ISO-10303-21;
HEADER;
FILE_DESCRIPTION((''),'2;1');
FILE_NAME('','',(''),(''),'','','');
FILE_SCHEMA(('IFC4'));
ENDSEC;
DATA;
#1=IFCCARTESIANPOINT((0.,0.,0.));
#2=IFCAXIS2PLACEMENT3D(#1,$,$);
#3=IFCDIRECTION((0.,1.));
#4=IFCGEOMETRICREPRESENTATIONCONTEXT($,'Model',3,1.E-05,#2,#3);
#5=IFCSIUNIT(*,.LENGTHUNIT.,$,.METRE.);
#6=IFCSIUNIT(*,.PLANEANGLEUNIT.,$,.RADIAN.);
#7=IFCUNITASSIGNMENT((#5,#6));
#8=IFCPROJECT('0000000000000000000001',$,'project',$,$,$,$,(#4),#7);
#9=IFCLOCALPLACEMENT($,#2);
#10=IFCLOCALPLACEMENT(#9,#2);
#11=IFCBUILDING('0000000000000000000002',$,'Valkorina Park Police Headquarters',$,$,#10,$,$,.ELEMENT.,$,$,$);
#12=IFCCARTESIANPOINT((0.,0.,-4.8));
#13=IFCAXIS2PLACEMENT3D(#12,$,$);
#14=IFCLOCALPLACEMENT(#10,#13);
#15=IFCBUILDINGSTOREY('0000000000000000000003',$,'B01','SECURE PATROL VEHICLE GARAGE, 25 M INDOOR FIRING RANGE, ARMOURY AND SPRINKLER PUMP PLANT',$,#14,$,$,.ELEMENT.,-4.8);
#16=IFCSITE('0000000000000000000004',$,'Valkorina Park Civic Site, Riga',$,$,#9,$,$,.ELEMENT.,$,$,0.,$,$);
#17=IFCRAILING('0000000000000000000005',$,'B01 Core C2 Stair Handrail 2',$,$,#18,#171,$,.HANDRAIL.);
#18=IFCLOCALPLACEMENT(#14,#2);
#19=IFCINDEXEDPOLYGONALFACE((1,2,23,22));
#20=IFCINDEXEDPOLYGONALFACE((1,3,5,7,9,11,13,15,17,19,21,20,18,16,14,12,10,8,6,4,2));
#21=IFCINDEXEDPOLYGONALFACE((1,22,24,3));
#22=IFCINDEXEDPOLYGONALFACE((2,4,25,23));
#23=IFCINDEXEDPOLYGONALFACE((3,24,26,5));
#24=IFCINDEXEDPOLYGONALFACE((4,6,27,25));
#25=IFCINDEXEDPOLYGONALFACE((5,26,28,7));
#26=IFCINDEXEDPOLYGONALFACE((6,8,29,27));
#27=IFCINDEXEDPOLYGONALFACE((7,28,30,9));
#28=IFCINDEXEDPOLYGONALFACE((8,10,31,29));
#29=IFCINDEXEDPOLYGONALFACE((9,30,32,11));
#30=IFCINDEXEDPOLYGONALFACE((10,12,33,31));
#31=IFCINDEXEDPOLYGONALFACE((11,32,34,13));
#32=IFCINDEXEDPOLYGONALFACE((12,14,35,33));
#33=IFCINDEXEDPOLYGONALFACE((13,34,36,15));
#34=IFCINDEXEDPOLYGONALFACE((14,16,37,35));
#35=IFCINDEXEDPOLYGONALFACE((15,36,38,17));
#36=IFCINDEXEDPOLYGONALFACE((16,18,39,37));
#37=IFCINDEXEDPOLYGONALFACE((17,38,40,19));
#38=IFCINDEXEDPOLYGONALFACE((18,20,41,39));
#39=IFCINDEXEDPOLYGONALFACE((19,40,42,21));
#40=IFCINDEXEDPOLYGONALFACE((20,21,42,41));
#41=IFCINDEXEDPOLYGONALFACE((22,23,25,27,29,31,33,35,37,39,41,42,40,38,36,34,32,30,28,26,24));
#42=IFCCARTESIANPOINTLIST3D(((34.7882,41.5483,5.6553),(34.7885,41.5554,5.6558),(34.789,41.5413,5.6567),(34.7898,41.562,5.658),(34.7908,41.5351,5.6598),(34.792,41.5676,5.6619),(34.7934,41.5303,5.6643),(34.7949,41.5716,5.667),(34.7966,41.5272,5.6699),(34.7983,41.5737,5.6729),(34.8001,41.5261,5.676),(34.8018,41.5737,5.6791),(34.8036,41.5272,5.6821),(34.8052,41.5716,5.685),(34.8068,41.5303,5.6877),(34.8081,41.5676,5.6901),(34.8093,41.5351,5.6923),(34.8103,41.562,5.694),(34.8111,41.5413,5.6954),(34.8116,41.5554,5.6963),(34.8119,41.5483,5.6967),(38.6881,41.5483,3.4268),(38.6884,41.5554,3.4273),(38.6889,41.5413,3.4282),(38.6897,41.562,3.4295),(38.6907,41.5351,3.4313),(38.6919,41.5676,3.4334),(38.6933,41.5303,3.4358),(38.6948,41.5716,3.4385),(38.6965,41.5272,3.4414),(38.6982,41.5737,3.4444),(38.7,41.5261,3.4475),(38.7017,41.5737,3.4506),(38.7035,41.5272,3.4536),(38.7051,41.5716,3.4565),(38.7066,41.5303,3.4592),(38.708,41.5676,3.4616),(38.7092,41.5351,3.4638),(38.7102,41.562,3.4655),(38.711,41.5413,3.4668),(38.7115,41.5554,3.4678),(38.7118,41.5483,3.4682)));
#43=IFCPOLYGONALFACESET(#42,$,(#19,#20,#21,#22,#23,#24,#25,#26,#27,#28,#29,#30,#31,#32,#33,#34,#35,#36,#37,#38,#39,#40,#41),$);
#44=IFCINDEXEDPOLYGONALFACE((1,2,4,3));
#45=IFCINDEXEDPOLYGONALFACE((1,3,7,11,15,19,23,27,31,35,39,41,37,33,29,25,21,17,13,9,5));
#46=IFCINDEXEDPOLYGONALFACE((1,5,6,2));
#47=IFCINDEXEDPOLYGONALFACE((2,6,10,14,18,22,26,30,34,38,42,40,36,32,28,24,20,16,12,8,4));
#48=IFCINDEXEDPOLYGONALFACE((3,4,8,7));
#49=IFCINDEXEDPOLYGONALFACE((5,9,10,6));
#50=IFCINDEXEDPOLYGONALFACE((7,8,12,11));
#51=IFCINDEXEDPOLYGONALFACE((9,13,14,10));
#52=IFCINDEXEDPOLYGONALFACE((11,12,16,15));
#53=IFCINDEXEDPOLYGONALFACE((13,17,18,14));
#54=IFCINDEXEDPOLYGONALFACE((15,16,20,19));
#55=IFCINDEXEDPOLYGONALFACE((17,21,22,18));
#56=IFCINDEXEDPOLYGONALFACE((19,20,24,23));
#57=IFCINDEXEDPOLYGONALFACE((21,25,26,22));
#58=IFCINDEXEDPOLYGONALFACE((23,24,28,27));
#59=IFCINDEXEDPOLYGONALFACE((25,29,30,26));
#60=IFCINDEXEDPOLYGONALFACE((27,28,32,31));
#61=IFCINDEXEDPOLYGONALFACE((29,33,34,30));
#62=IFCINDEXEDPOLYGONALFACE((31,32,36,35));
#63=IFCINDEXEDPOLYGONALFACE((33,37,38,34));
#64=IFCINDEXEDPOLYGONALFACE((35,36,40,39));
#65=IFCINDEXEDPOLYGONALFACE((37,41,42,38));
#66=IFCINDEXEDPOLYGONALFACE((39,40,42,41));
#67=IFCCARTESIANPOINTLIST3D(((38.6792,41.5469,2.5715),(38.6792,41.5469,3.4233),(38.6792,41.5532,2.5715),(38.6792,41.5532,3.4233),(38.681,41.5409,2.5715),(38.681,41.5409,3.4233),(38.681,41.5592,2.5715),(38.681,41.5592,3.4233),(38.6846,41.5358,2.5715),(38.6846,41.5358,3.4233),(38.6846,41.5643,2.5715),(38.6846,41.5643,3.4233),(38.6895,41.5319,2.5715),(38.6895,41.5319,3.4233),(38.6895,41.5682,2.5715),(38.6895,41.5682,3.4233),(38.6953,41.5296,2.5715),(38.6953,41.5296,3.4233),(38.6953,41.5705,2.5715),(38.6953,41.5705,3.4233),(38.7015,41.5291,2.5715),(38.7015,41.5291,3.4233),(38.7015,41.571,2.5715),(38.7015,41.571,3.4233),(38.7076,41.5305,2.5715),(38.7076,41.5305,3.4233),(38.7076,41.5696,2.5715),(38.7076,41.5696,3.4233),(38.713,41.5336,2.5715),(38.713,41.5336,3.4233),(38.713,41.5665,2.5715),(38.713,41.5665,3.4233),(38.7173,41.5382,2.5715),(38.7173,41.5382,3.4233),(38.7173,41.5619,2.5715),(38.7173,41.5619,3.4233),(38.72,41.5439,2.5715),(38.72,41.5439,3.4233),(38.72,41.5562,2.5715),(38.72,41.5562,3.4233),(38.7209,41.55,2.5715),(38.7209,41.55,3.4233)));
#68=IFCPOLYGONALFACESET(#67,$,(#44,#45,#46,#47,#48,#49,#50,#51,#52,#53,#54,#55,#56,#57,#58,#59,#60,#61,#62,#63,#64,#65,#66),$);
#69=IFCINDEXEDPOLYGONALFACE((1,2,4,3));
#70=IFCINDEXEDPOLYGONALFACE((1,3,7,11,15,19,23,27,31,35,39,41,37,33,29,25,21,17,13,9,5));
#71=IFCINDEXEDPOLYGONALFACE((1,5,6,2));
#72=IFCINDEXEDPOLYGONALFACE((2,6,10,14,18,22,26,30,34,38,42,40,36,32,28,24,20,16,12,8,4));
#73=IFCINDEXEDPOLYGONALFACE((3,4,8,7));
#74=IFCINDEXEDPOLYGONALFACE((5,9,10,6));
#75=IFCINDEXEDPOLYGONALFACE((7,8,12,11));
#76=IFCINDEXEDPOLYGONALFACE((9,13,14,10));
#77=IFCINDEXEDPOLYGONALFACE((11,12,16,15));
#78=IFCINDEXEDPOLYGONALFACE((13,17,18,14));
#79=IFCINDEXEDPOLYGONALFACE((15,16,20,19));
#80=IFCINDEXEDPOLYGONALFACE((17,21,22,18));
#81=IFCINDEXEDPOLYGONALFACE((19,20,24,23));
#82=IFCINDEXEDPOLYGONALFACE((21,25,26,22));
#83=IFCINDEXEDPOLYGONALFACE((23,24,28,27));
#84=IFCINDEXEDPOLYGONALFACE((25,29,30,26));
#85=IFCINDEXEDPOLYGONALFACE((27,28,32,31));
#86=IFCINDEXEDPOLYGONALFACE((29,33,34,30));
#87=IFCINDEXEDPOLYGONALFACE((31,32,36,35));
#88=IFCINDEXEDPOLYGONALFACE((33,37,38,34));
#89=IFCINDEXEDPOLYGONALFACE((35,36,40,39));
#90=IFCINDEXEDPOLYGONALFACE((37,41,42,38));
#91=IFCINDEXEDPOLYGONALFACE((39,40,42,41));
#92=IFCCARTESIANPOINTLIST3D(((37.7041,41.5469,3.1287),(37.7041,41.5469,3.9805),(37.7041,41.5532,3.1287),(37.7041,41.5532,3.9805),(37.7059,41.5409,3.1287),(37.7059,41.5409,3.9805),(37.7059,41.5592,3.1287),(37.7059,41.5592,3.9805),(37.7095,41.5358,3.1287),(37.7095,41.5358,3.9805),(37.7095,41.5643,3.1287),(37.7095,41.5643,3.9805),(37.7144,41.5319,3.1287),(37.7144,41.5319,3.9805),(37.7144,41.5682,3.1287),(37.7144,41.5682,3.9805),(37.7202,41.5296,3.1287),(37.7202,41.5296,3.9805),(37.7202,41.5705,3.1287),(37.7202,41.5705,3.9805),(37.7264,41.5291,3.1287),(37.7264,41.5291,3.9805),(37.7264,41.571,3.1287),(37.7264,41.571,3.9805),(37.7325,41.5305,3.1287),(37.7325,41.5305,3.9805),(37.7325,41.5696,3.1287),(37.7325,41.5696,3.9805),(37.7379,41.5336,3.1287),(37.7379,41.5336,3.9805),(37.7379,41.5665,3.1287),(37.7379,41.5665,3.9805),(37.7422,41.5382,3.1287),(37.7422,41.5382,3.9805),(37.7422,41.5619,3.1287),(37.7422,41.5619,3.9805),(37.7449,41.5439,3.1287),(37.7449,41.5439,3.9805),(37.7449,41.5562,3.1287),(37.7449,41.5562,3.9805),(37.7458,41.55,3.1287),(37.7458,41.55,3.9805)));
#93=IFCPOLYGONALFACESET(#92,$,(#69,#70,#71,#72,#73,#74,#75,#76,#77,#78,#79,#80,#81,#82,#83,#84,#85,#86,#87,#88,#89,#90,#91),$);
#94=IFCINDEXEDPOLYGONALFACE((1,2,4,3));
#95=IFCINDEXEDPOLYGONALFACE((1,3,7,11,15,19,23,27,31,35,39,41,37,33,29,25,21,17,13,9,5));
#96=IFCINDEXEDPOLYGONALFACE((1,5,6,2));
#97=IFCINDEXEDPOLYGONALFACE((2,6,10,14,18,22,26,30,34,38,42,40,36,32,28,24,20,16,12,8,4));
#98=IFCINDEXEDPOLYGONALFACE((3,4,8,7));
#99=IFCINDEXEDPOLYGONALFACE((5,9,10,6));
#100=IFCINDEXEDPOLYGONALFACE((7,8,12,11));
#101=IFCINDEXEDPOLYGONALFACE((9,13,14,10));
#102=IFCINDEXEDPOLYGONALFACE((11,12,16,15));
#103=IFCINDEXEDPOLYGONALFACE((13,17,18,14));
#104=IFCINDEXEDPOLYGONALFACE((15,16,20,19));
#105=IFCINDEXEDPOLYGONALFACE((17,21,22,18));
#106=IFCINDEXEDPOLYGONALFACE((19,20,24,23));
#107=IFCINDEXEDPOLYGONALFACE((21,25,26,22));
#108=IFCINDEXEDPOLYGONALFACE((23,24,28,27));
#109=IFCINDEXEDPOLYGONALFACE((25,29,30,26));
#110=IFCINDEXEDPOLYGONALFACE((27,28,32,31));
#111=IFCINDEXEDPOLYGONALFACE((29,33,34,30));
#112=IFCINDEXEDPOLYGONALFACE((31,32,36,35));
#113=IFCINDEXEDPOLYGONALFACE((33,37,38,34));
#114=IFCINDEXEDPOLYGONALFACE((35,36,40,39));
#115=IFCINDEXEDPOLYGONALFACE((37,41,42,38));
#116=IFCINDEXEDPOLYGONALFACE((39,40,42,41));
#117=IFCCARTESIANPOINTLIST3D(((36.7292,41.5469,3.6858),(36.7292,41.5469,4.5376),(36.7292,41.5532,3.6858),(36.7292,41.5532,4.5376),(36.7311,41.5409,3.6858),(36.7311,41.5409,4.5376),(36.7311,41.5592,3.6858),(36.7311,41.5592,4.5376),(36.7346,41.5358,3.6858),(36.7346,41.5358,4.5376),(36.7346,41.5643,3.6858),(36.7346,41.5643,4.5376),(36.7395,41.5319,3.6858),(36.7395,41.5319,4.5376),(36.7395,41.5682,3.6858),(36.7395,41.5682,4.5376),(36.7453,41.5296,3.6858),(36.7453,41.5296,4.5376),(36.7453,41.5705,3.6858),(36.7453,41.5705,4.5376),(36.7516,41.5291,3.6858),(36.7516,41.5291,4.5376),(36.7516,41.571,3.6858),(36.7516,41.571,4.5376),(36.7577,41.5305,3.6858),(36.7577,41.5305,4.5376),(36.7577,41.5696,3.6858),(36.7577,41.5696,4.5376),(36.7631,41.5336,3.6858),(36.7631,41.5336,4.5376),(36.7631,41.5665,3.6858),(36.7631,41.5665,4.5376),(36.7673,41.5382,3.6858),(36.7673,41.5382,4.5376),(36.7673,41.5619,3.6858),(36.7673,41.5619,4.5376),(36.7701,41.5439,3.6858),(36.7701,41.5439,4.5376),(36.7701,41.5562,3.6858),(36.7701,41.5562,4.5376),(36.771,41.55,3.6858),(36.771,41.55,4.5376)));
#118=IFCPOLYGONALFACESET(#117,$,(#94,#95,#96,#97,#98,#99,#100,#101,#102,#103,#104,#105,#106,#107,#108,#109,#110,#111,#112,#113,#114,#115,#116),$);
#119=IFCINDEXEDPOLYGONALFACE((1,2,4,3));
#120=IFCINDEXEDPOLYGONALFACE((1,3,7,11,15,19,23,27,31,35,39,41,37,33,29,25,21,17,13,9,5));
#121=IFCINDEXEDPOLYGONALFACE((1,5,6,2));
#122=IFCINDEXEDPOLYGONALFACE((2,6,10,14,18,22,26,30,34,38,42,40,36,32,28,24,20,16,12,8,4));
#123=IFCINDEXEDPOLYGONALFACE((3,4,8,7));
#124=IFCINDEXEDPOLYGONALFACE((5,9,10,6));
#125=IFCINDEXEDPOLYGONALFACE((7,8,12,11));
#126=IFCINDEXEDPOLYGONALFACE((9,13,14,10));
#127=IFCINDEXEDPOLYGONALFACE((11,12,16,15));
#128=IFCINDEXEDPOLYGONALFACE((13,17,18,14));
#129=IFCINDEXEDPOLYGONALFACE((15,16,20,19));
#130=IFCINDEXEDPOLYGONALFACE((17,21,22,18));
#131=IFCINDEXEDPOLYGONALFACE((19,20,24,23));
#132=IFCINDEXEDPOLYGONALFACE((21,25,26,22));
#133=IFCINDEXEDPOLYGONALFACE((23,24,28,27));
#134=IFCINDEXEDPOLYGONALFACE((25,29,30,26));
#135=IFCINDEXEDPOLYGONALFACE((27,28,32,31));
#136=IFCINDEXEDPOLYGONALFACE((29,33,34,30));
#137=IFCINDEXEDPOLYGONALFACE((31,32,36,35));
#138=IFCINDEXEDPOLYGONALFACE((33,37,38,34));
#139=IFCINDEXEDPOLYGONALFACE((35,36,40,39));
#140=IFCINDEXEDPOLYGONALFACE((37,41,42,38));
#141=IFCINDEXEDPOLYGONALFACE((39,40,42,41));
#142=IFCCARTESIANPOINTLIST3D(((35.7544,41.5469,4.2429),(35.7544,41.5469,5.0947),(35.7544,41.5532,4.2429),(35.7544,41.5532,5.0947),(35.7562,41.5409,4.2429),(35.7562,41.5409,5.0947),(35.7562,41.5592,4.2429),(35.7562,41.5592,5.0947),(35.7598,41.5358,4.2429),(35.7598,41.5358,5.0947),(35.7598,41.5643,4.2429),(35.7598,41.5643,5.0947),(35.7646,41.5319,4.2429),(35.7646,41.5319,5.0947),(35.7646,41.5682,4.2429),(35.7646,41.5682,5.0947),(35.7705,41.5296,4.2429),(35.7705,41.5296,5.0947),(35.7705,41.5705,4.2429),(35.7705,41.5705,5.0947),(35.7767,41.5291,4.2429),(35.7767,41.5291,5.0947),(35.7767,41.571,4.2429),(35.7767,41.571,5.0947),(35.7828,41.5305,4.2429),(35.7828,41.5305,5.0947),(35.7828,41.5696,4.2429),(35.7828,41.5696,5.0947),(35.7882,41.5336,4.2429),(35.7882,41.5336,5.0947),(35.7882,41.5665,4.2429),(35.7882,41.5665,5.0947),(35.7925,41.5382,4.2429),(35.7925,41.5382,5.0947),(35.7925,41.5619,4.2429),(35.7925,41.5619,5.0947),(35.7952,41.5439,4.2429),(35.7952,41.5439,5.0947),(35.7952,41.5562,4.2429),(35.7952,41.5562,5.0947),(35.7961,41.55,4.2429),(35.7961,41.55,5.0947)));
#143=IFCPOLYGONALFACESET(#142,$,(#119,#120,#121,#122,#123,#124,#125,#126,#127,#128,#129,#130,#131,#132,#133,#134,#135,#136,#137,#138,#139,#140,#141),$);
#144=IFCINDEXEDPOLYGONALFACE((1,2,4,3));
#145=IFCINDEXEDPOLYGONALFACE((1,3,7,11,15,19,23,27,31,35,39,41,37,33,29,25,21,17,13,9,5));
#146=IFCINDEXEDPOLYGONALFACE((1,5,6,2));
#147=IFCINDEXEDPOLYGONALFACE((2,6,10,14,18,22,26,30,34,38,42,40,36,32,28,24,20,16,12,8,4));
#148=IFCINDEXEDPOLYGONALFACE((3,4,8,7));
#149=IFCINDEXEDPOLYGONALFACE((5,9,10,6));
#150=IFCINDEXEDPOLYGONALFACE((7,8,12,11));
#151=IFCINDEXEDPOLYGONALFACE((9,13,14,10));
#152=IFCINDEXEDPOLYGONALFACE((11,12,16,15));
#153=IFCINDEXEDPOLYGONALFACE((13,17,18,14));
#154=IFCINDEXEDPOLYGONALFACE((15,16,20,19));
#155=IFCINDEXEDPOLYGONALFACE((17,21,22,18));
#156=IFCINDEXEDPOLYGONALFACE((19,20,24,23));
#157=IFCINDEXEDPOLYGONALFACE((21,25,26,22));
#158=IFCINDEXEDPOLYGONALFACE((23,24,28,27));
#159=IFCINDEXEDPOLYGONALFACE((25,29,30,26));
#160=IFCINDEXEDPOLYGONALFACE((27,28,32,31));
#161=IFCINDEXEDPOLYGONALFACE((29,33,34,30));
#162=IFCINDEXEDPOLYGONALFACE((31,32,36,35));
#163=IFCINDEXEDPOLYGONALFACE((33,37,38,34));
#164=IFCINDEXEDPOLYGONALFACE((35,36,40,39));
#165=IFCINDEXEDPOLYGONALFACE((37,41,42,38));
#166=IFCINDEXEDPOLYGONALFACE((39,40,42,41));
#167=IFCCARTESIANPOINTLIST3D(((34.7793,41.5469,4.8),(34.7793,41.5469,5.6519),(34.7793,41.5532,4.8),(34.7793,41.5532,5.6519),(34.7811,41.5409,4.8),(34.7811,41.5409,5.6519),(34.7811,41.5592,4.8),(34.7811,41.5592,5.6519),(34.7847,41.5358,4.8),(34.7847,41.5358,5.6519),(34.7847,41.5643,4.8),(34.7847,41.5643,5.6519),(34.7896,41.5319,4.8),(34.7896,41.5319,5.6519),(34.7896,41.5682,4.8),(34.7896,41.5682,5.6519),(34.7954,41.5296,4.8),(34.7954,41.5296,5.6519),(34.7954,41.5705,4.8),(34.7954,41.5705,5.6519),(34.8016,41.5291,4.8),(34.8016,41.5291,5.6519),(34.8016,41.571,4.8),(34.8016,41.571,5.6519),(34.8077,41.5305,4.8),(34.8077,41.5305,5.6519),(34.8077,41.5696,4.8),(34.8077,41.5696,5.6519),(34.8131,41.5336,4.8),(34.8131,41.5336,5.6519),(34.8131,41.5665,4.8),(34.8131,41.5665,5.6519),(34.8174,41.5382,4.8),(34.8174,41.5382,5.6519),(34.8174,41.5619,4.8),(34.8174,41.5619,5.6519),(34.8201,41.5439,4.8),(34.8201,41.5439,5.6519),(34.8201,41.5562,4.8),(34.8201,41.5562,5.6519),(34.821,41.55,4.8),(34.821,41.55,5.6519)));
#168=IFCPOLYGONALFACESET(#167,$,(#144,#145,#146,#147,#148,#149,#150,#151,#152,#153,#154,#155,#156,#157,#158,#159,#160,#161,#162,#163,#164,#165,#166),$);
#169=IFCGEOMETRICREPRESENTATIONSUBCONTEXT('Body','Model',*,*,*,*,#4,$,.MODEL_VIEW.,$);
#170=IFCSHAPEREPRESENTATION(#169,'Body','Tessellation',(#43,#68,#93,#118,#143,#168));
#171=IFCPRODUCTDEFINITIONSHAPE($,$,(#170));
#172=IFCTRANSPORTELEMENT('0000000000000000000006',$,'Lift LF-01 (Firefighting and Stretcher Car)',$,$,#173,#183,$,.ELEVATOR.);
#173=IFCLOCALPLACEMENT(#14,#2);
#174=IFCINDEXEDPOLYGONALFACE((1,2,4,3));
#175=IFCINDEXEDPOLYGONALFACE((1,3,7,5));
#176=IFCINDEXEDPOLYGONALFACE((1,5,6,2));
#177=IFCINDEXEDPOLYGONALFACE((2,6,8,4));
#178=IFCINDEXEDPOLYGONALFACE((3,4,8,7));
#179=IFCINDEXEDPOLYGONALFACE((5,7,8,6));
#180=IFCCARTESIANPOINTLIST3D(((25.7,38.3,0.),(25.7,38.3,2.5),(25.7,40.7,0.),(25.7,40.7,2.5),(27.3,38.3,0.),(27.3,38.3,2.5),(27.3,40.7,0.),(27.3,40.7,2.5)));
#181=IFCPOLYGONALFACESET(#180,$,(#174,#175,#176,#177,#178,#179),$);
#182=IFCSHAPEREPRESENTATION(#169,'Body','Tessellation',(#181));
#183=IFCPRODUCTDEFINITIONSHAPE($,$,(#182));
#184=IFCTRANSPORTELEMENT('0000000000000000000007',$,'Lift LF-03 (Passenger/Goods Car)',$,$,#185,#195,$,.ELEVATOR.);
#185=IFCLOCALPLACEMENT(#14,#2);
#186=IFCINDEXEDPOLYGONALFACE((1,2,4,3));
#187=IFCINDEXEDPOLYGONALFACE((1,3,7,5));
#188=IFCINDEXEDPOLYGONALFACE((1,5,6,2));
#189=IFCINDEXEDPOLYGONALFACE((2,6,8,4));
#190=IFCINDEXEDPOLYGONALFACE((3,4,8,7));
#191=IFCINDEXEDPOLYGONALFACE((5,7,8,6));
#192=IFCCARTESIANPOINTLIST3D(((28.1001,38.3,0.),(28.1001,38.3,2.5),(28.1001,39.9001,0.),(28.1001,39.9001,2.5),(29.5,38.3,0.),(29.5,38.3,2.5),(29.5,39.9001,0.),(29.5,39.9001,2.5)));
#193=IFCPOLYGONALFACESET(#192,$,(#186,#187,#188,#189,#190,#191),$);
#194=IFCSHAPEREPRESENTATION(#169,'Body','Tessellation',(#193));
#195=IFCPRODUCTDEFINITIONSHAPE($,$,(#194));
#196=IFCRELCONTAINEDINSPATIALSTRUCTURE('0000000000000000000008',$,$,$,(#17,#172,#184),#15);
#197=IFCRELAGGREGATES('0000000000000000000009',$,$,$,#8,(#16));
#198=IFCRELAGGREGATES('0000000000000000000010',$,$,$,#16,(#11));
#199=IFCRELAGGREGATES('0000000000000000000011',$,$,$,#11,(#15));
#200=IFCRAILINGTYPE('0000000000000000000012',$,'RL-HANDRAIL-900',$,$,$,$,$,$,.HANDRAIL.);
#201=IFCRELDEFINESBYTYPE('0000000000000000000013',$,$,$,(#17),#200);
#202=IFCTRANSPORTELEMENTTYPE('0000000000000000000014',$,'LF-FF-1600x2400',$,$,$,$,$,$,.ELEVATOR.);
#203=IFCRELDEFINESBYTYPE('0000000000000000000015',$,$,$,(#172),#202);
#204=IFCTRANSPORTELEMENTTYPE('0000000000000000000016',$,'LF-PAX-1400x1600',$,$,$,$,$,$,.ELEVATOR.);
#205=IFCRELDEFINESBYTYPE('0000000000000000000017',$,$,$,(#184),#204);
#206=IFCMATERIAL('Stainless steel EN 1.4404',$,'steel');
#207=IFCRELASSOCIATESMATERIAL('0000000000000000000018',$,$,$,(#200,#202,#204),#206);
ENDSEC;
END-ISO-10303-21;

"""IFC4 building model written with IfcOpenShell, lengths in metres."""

from ifc_helpers import new_model, si_unit, direction, frame, origin, origin_2d, place, context, subcontext, project, spatial, rectangle, circle, extrude, material, type_object, element, save


model = new_model("IFC4")

# Units and contexts
model_context = context("Model", 3, precision=1e-05, world=origin(), true_north=direction((0.0, 1.0)))
body_context = subcontext(model_context, "Body", "Model", "MODEL_VIEW")
ifc_project = project(units=[si_unit("LENGTHUNIT", "METRE"), si_unit("PLANEANGLEUNIT", "RADIAN")], contexts=[model_context])

# Site, building, storey
site_placement = place(None, origin())
site = spatial("IfcSite", under=ifc_project, at=site_placement, Name="Valkorina Park Civic Site, Riga", CompositionType="ELEMENT", RefElevation=0.0)
building_placement = place(site_placement, origin())
building = spatial("IfcBuilding", under=site, at=building_placement, Name="Valkorina Park Police Headquarters", CompositionType="ELEMENT")
storey_placement = place(building_placement, frame((0.0, 0.0, -4.8)))
storey = spatial("IfcBuildingStorey", under=building, at=storey_placement, Name="B01", Description="SECURE PATROL VEHICLE GARAGE, 25 M INDOOR FIRING RANGE, ARMOURY AND SPRINKLER PUMP PLANT", CompositionType="ELEMENT", Elevation=-4.8)

# Shared definitions
ifc_material_1 = material(Name="Stainless steel EN 1.4404", Category="steel")

# Railing
railing_type_1 = type_object("IfcRailingType", Name="RL-HANDRAIL-900", PredefinedType="HANDRAIL", material=ifc_material_1)
railing_1_placement = place(storey_placement, frame((38.7, 41.55, 2.5715)))
element("IfcRailing", 1, at=railing_1_placement, inside=storey, type_object=railing_type_1, Name="B01 Core C2 Stair Handrail 2", PredefinedType="HANDRAIL", context=body_context, shape_type="SweptSolid", body=[
    extrude(circle(Radius=0.0239, at=origin_2d()), frame((0.0, 0.0, 0.876), z_axis=(-0.868243, 0.0, 0.496139), x_axis=(0.0, -1.0, 0.0)), (0.0, 0.0, 1.0), 4.4917),
    extrude(circle(Radius=0.021, at=origin_2d()), origin(), (0.0, 0.0, 1.0), 0.8518),
    extrude(circle(Radius=0.021, at=origin_2d()), frame((-0.9751, 0.0, 0.5571)), (0.0, 0.0, 1.0), 0.8518),
    extrude(circle(Radius=0.021, at=origin_2d()), frame((-1.95, 0.0, 1.1143)), (0.0, 0.0, 1.0), 0.8518),
    extrude(circle(Radius=0.021, at=origin_2d()), frame((-2.9248, 0.0, 1.6714)), (0.0, 0.0, 1.0), 0.8518),
    extrude(circle(Radius=0.021, at=origin_2d()), frame((-3.8999, 0.0, 2.2285)), (0.0, 0.0, 1.0), 0.8518),
])

# Transport elements
transport_element_type_1 = type_object("IfcTransportElementType", Name="LF-FF-1600x2400", PredefinedType="ELEVATOR", material=ifc_material_1)
transport_element_1_placement = place(storey_placement, frame((26.5, 39.5, 0.0), z_axis=(0.0, 0.0, 1.0), x_axis=(1.0, 0.0, 0.0)))
element("IfcTransportElement", 2, at=transport_element_1_placement, inside=storey, type_object=transport_element_type_1, Name="Lift LF-01 (Firefighting and Stretcher Car)", PredefinedType="ELEVATOR", context=body_context, shape_type="SweptSolid", body=[
    extrude(rectangle(XDim=1.6001, YDim=2.3999, at=origin_2d()), origin(), (0.0, 0.0, 1.0), 2.5),
])
transport_element_type_2 = type_object("IfcTransportElementType", Name="LF-PAX-1400x1600", PredefinedType="ELEVATOR", material=ifc_material_1)
transport_element_2_placement = place(storey_placement, frame((28.8, 39.1001, 0.0), z_axis=(0.0, 0.0, 1.0), x_axis=(1.0, 0.0, 0.0)))
element("IfcTransportElement", 3, at=transport_element_2_placement, inside=storey, type_object=transport_element_type_2, Name="Lift LF-03 (Passenger/Goods Car)", PredefinedType="ELEVATOR", context=body_context, shape_type="SweptSolid", body=[
    extrude(rectangle(XDim=1.3999, YDim=1.6001, at=origin_2d()), origin(), (0.0, 0.0, 1.0), 2.5),
])

save(model, "model.ifc")
